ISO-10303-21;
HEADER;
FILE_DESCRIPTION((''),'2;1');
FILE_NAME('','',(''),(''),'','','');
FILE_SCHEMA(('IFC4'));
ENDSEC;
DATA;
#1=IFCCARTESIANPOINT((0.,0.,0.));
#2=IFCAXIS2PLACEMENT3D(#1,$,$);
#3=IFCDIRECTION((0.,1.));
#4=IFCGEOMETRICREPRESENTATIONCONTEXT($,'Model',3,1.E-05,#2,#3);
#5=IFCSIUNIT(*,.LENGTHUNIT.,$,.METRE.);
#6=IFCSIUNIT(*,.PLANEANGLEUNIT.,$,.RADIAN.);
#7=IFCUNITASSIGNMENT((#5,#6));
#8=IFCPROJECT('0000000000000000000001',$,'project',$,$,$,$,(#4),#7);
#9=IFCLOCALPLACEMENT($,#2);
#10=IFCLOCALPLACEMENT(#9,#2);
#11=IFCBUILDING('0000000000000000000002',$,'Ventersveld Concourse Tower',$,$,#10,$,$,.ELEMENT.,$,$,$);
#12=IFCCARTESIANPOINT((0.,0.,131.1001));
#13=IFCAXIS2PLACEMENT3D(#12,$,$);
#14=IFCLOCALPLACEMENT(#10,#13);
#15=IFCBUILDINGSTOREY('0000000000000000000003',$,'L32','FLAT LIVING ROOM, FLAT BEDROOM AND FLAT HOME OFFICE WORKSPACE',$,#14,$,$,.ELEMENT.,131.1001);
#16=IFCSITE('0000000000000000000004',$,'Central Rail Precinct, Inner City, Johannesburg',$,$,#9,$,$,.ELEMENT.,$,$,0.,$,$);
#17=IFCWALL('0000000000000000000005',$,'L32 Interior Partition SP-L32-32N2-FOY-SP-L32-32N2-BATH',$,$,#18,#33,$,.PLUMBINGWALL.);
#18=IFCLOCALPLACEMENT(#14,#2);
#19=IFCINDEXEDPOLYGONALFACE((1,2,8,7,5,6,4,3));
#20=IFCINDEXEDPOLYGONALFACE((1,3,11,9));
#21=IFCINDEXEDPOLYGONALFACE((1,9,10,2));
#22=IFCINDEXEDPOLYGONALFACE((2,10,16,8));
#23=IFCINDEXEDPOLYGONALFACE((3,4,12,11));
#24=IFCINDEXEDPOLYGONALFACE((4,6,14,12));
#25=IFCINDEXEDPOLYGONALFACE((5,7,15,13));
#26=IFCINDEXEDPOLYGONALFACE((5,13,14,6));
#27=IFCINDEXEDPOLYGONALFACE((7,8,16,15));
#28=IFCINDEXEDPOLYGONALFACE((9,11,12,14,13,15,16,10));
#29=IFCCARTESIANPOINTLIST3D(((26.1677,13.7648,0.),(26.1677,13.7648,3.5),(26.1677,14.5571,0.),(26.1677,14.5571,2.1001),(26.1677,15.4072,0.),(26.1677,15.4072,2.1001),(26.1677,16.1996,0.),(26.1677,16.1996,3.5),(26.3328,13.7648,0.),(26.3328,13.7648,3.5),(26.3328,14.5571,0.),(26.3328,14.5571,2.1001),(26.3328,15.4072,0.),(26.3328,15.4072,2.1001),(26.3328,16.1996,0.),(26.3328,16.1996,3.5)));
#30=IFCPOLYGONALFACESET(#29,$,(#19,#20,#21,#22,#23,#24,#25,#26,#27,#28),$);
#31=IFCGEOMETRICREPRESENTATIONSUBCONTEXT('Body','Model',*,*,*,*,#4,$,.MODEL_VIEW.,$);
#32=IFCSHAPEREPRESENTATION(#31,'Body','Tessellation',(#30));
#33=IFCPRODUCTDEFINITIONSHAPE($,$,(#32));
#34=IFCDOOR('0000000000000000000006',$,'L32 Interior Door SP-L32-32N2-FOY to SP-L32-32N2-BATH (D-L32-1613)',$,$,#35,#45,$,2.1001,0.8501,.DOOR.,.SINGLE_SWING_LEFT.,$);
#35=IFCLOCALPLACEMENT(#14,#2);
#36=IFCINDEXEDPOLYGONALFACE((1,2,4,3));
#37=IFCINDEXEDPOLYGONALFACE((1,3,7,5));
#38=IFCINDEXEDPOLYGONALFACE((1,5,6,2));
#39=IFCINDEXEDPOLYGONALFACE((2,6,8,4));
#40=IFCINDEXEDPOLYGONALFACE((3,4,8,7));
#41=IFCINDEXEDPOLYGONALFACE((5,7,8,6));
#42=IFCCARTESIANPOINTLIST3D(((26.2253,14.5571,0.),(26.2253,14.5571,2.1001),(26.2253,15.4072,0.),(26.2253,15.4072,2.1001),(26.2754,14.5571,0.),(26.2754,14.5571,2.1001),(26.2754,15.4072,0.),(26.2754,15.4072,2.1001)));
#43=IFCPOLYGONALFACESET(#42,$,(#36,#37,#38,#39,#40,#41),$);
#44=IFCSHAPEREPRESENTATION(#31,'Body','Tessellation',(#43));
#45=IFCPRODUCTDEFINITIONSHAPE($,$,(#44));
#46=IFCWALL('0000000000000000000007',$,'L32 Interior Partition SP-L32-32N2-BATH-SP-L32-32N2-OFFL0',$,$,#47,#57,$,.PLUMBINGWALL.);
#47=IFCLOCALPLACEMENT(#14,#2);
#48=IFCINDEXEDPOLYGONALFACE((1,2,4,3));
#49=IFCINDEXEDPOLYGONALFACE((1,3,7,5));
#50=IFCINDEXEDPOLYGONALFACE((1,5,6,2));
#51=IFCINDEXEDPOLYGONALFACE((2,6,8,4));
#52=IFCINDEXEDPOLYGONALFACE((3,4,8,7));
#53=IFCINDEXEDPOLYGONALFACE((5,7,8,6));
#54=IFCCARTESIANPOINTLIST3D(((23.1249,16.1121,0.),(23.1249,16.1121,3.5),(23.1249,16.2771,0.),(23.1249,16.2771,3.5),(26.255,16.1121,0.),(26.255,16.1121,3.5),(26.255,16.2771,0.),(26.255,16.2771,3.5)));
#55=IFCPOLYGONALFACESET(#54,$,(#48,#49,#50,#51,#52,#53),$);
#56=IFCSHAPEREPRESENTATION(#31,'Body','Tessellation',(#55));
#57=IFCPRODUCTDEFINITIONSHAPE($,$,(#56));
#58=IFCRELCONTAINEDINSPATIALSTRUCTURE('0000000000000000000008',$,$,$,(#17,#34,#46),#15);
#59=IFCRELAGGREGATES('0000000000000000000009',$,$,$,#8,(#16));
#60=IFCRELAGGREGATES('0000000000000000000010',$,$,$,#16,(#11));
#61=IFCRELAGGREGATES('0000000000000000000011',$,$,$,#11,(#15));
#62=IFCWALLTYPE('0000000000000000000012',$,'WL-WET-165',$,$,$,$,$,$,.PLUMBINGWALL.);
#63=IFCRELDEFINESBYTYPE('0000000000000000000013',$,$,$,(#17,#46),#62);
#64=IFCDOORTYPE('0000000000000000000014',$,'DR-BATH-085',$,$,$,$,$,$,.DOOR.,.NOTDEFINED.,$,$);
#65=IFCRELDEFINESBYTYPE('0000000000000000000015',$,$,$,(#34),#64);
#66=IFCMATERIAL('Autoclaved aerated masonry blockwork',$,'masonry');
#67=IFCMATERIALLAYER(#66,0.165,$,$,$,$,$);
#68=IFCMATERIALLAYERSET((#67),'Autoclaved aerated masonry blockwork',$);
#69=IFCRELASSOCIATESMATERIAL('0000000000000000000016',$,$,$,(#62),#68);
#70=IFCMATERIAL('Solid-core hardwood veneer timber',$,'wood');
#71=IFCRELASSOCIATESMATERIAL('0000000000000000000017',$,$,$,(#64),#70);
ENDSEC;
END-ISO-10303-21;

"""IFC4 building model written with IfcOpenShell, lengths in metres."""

from ifc_helpers import new_model, si_unit, direction, frame, frame_2d, origin, place, context, subcontext, project, spatial, rectangle, extrude, material, layer, layer_set, type_object, element, fill, save


model = new_model("IFC4")

# Units and contexts
model_context = context("Model", 3, precision=1e-05, world=origin(), true_north=direction((0.0, 1.0)))
body_context = subcontext(model_context, "Body", "Model", "MODEL_VIEW")
ifc_project = project(units=[si_unit("LENGTHUNIT", "METRE"), si_unit("PLANEANGLEUNIT", "RADIAN")], contexts=[model_context])

# Site, building, storey
site_placement = place(None, origin())
site = spatial("IfcSite", under=ifc_project, at=site_placement, Name="Central Rail Precinct, Inner City, Johannesburg", CompositionType="ELEMENT", RefElevation=0.0)
building_placement = place(site_placement, origin())
building = spatial("IfcBuilding", under=site, at=building_placement, Name="Ventersveld Concourse Tower", CompositionType="ELEMENT")
storey_placement = place(building_placement, frame((0.0, 0.0, 131.1001)))
storey = spatial("IfcBuildingStorey", under=building, at=storey_placement, Name="L32", Description="FLAT LIVING ROOM, FLAT BEDROOM AND FLAT HOME OFFICE WORKSPACE", CompositionType="ELEMENT", Elevation=131.1001)

# Shared definitions
ifc_material_1 = material(Name="Solid-core hardwood veneer timber", Category="wood")

# Shared definitions
ifc_material_2 = material(Name="Autoclaved aerated masonry blockwork", Category="masonry")

# Wall, opening, door
ifc_layer_1 = layer(ifc_material_2, 0.165)
ifc_layer_set_1 = layer_set([ifc_layer_1], Name="Autoclaved aerated masonry blockwork")
wall_type_1 = type_object("IfcWallType", Name="WL-WET-165", PredefinedType="PLUMBINGWALL", material=ifc_layer_set_1)
wall_1_placement = place(storey_placement, frame((26.2502, 13.7649, 0.0), z_axis=(0.0, 0.0, 1.0), x_axis=(0.0, 1.0, 0.0)))
wall_1 = element("IfcWall", 1, at=wall_1_placement, inside=storey, type_object=wall_type_1, Name="L32 Interior Partition SP-L32-32N2-FOY-SP-L32-32N2-BATH", PredefinedType="PLUMBINGWALL", context=body_context, shape_type="SweptSolid", body=[
    extrude(rectangle(XDim=2.4348, YDim=0.165, at=frame_2d((1.2173, 0.0))), origin(), (0.0, 0.0, 1.0), 3.5),
])
opening_1_placement = place(wall_1_placement, frame((0.7922, 0.0, 0.0)))
opening_1 = element("IfcOpeningElement", 2, at=opening_1_placement, cuts=wall_1, PredefinedType="OPENING", context=body_context, shape_type="SweptSolid", body=[
    extrude(rectangle(XDim=0.8501, YDim=2.1001, at=frame_2d((0.425, 1.05))), frame((0.0, 0.0925, 0.0), z_axis=(0.0, -1.0, 0.0), x_axis=(1.0, 0.0, 0.0)), (0.0, 0.0, 1.0), 0.1851),
])
door_type_1 = type_object("IfcDoorType", Name="DR-BATH-085", OperationType="NOTDEFINED", PredefinedType="DOOR", material=ifc_material_1)
door_1_placement = place(opening_1_placement, origin())
door_1 = element("IfcDoor", 3, at=door_1_placement, inside=storey, type_object=door_type_1, Name="L32 Interior Door SP-L32-32N2-FOY to SP-L32-32N2-BATH (D-L32-1613)", OperationType="SINGLE_SWING_LEFT", OverallHeight=2.1001, OverallWidth=0.8501, PredefinedType="DOOR", context=body_context, shape_type="SweptSolid", body=[
    extrude(rectangle(XDim=0.8501, YDim=2.1001, at=frame_2d((0.425, 1.05))), frame((0.0, 0.0249, 0.0), z_axis=(0.0, -1.0, 0.0), x_axis=(1.0, 0.0, 0.0)), (0.0, 0.0, 1.0), 0.05),
])
fill(opening_1, door_1)

# Wall
wall_2_placement = place(storey_placement, frame((23.125, 16.1946, 0.0), z_axis=(0.0, 0.0, 1.0), x_axis=(1.0, 0.0, 0.0)))
element("IfcWall", 4, at=wall_2_placement, inside=storey, type_object=wall_type_1, Name="L32 Interior Partition SP-L32-32N2-BATH-SP-L32-32N2-OFFL0", PredefinedType="PLUMBINGWALL", context=body_context, shape_type="SweptSolid", body=[
    extrude(rectangle(XDim=3.1301, YDim=0.165, at=frame_2d((1.5649, 0.0))), origin(), (0.0, 0.0, 1.0), 3.5),
])

save(model, "model.ifc")
